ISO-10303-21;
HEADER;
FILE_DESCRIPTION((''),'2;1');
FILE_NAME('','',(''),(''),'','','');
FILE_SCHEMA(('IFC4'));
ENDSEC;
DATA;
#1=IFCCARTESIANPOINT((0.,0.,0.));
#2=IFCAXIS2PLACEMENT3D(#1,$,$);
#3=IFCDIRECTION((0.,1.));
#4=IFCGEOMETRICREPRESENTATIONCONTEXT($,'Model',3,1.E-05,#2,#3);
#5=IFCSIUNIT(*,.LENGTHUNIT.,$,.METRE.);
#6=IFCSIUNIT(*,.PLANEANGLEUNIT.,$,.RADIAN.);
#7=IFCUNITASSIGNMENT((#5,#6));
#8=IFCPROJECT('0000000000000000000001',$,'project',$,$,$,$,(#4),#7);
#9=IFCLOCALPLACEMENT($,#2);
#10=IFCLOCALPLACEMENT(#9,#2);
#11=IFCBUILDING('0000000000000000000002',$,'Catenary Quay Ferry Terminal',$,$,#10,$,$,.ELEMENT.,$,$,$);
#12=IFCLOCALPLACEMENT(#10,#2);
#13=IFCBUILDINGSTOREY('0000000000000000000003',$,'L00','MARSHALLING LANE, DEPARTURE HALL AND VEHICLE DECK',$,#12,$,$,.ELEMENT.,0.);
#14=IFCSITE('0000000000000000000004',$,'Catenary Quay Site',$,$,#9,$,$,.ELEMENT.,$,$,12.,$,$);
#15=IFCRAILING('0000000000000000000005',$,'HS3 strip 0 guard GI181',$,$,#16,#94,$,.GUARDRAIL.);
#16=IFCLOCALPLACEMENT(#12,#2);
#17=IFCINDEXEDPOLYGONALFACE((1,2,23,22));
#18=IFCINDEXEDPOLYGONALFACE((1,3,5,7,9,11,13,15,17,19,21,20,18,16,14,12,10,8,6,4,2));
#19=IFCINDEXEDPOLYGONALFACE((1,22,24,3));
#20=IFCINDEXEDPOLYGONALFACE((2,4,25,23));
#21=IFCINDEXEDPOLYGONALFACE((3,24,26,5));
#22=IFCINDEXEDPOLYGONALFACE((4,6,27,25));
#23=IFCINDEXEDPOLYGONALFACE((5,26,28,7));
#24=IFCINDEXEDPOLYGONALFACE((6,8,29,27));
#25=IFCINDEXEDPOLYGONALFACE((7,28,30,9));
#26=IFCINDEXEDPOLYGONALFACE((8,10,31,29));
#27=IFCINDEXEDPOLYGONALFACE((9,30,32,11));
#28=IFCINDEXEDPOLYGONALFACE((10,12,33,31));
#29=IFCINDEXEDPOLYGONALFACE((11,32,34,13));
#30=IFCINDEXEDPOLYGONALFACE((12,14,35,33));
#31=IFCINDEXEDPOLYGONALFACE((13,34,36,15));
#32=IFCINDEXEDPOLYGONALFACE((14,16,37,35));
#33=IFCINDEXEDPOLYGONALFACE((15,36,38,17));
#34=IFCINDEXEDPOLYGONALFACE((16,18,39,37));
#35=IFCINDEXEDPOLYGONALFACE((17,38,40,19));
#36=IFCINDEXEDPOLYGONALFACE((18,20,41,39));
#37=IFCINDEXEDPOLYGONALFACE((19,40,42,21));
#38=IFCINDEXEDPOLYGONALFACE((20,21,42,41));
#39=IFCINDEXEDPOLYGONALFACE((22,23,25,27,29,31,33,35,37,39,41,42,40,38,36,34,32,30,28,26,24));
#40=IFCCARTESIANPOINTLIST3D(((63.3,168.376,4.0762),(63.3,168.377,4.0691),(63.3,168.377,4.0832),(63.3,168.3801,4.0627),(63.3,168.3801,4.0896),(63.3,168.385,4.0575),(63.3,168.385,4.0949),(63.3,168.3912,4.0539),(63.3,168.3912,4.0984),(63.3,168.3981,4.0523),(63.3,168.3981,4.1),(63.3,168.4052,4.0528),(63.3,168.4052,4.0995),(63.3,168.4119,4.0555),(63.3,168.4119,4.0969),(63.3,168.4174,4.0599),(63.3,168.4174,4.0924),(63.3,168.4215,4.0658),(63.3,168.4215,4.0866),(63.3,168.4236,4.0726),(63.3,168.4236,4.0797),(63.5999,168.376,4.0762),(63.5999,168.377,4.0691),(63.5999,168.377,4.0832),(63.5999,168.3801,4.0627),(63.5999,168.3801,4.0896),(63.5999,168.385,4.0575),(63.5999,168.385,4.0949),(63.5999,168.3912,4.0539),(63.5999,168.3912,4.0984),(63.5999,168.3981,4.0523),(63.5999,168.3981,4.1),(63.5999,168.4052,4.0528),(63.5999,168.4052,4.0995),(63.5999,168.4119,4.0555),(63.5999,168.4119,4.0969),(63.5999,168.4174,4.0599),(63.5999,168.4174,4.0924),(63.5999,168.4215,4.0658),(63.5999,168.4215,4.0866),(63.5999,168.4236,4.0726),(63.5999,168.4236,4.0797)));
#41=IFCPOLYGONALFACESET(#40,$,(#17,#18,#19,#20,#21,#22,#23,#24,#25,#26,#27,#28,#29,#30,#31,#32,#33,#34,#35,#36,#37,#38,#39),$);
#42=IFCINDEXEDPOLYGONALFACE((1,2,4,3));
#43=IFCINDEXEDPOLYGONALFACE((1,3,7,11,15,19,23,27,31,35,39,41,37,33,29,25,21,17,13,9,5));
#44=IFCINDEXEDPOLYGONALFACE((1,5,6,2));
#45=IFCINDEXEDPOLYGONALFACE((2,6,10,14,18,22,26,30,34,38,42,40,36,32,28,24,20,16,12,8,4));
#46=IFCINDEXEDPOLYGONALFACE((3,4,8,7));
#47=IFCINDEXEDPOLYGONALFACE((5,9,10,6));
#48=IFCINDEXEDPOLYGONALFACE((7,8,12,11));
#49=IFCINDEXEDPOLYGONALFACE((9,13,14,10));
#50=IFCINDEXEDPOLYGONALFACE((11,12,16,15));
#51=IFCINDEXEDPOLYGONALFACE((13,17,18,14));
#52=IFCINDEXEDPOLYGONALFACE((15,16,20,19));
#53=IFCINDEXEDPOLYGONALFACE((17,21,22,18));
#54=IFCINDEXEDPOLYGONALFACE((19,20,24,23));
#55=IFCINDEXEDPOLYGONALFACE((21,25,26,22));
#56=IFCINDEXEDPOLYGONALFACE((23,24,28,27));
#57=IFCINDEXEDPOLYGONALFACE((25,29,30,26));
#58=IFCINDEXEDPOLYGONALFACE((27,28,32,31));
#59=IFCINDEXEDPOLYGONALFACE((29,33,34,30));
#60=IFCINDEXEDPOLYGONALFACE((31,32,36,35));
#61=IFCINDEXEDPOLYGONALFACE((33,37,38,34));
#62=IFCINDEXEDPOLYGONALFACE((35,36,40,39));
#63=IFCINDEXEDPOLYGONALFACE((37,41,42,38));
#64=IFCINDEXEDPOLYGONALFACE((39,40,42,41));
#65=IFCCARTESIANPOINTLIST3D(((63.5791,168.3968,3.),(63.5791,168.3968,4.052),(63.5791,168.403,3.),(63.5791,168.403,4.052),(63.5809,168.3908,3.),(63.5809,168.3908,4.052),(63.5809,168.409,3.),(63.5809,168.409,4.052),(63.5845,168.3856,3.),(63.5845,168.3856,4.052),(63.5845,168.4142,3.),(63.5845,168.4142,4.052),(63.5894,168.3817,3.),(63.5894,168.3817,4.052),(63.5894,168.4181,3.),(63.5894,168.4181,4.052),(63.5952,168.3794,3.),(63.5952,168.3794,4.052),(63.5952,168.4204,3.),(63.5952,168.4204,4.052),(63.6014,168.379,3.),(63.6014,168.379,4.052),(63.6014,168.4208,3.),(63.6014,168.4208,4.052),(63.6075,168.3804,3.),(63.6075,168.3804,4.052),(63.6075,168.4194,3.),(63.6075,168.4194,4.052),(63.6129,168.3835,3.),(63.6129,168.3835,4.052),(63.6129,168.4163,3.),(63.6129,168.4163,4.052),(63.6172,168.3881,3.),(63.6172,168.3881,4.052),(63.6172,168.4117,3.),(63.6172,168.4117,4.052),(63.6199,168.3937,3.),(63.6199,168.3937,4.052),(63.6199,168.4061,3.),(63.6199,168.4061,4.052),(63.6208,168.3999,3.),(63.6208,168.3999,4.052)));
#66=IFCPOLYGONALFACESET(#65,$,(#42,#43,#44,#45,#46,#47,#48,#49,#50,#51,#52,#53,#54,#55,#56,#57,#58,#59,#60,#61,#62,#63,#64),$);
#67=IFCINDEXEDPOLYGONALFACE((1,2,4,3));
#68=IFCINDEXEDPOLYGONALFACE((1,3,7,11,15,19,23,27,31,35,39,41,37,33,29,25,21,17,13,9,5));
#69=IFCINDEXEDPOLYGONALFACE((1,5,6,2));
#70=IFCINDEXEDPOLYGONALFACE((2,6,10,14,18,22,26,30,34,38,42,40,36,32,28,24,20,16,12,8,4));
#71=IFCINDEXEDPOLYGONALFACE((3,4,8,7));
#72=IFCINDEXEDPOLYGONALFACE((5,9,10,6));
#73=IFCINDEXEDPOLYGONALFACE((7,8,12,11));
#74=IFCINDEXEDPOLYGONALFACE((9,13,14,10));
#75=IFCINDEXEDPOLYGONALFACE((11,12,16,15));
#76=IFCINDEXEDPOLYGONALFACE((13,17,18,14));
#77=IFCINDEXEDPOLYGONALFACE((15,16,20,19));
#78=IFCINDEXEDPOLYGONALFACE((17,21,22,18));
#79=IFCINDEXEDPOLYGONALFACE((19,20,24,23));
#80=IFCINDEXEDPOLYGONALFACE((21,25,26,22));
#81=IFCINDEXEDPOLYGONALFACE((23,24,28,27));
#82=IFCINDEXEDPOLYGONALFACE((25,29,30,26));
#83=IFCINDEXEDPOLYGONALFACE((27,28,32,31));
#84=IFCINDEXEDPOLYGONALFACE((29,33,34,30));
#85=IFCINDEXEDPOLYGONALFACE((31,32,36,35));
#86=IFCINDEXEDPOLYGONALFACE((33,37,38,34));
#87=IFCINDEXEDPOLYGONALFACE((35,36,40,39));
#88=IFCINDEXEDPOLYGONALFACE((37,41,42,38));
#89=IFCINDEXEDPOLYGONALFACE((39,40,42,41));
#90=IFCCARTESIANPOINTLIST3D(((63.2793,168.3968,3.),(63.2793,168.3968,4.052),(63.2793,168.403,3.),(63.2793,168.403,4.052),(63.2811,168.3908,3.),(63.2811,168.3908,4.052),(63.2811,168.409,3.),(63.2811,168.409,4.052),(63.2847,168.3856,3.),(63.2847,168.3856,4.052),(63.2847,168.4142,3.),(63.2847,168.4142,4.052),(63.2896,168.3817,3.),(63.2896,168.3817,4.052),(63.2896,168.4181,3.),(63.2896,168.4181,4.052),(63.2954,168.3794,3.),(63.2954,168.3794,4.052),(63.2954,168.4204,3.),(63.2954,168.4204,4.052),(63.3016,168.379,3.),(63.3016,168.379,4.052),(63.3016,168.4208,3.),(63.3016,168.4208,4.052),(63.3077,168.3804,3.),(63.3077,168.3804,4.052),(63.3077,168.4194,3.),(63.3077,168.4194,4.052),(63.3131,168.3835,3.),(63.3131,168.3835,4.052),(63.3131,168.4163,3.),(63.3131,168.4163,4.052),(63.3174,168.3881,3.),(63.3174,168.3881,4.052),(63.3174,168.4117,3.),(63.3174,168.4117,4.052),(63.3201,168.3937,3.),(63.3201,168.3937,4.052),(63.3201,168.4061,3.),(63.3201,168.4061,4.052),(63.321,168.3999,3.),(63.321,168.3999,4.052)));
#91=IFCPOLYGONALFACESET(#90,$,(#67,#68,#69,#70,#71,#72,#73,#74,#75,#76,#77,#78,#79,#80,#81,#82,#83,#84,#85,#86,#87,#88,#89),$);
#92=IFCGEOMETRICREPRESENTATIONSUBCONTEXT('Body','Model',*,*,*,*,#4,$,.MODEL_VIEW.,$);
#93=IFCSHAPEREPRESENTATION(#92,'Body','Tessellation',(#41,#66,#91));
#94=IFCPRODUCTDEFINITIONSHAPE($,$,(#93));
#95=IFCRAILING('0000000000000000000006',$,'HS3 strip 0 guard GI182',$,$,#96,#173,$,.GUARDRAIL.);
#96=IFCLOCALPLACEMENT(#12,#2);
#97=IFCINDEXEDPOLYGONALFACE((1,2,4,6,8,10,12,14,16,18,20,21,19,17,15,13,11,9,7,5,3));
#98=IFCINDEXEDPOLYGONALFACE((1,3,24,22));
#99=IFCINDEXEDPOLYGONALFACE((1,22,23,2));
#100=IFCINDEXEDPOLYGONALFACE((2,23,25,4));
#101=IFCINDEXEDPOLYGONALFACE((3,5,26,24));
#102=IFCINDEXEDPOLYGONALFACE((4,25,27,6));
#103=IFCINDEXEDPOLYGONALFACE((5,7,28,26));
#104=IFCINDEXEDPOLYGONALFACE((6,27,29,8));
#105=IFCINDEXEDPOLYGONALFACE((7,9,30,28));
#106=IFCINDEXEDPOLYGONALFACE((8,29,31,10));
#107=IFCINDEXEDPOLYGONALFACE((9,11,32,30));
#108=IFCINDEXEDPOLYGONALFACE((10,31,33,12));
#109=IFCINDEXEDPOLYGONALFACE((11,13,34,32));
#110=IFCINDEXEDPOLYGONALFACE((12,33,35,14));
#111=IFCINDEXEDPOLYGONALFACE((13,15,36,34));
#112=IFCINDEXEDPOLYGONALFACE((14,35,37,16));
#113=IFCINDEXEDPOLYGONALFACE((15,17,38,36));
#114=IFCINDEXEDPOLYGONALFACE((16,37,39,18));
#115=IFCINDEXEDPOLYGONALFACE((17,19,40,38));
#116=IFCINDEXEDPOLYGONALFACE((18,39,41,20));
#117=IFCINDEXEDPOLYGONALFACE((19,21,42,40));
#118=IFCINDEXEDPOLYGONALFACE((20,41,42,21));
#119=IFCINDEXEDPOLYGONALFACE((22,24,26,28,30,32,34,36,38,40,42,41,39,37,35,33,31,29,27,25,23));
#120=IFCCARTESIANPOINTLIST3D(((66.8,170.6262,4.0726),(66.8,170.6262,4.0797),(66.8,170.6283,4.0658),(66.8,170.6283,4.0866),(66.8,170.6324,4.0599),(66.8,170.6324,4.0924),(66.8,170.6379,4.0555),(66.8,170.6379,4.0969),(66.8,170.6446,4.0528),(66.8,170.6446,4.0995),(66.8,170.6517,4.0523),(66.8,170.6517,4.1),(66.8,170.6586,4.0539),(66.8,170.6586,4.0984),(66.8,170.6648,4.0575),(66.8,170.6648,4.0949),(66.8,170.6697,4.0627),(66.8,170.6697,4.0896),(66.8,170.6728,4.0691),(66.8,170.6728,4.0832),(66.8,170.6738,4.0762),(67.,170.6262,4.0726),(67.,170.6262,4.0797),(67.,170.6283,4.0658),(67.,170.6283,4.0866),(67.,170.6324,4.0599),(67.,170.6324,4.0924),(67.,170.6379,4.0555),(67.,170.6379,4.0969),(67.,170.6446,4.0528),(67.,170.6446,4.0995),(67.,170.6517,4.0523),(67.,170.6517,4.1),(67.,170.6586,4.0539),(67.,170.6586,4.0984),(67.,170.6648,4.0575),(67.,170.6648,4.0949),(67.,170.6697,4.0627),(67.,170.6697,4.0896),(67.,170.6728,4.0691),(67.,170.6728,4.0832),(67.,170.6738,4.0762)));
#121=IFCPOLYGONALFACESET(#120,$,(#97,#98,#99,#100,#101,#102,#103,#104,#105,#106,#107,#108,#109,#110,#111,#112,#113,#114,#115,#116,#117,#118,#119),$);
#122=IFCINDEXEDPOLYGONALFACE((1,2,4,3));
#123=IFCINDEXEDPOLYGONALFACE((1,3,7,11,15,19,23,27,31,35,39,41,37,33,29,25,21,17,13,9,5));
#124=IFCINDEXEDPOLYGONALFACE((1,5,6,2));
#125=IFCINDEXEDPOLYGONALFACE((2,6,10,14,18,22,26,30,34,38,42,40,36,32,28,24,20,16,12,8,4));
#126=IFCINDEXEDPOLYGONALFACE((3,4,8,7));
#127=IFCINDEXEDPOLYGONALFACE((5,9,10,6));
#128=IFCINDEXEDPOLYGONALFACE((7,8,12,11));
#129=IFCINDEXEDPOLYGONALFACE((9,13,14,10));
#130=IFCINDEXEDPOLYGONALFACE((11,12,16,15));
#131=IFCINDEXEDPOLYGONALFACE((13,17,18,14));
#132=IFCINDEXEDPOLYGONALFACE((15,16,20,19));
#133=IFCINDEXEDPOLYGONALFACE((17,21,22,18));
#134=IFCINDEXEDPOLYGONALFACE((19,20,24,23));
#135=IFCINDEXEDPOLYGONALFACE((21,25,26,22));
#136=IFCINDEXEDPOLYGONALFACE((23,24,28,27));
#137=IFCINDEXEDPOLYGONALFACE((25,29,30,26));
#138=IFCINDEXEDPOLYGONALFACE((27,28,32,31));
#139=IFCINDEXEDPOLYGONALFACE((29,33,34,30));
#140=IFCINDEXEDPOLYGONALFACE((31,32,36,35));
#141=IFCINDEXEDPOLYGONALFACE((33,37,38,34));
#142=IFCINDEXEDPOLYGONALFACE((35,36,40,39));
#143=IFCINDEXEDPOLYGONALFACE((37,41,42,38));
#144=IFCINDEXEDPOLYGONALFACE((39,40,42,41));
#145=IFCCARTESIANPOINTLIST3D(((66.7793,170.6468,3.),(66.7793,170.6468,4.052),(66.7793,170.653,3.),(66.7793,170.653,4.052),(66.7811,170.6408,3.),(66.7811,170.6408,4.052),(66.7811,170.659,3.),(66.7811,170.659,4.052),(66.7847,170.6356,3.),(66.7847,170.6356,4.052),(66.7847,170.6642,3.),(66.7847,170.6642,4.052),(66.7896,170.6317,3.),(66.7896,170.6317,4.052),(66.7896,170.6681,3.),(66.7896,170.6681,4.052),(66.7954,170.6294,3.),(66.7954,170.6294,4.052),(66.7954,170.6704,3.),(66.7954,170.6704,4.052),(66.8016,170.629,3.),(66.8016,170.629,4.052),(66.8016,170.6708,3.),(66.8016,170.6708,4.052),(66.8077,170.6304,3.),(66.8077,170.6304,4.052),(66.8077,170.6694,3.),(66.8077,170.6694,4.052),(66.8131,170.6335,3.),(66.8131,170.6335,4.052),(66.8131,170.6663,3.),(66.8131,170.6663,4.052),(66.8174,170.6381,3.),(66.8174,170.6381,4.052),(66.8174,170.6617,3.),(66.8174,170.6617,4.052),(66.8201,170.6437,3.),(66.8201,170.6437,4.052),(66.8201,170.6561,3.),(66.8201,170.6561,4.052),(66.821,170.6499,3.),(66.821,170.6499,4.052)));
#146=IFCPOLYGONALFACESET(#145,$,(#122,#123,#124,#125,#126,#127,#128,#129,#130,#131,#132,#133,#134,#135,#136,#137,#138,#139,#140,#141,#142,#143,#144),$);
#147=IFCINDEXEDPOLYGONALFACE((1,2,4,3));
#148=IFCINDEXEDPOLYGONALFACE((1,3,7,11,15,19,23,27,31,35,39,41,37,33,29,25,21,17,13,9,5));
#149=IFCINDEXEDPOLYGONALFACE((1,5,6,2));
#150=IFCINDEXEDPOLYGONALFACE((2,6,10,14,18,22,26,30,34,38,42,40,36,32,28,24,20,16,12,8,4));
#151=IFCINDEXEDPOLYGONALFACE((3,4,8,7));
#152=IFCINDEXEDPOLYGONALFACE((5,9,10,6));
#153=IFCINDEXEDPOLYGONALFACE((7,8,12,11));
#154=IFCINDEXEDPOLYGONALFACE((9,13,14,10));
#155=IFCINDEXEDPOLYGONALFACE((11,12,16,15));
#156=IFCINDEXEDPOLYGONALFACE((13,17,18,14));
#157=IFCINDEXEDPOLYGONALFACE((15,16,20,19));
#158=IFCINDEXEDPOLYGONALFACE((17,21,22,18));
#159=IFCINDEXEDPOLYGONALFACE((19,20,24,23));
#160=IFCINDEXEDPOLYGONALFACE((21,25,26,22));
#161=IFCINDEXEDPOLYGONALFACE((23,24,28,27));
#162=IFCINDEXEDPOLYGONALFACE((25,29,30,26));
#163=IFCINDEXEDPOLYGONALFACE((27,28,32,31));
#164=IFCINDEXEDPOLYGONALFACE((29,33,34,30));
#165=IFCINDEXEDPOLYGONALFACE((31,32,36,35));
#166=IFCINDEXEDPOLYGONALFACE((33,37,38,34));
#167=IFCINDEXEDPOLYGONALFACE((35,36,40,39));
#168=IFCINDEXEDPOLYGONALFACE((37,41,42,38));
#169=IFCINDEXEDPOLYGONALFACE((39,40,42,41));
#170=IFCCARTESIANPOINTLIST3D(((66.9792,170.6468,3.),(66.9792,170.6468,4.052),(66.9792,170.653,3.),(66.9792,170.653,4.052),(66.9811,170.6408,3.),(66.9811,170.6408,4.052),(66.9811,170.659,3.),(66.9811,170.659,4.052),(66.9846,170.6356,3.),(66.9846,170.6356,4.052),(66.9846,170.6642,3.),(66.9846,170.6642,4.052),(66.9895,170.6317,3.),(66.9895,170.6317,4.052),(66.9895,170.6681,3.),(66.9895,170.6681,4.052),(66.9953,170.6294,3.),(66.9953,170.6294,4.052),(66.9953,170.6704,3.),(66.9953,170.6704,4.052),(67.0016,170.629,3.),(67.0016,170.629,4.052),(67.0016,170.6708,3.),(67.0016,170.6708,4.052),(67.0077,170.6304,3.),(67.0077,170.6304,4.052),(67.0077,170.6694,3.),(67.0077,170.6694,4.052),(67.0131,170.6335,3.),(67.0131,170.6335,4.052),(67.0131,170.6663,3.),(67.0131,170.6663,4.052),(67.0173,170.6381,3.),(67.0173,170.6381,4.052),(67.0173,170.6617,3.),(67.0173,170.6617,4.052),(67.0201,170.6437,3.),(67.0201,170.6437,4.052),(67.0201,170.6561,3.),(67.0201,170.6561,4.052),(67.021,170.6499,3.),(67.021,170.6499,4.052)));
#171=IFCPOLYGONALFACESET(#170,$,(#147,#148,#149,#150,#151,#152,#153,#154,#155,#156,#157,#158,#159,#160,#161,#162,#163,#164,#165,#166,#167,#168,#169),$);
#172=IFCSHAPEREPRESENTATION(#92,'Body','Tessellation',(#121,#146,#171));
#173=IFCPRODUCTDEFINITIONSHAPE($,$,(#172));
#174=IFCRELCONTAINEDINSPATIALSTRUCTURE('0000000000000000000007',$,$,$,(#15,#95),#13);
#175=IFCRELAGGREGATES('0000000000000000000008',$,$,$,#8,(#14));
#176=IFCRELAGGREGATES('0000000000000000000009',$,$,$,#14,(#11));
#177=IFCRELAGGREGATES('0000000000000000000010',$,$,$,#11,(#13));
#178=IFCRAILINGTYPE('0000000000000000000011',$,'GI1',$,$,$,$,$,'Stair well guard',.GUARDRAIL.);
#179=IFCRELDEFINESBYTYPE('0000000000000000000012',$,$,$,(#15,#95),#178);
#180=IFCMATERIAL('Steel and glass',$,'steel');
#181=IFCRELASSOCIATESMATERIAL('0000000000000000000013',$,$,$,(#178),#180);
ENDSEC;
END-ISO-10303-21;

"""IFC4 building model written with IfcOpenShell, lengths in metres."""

from ifc_helpers import new_model, si_unit, direction, frame, origin, origin_2d, place, context, subcontext, project, spatial, circle, extrude, material, type_object, element, save


model = new_model("IFC4")

# Units and contexts
model_context = context("Model", 3, precision=1e-05, world=origin(), true_north=direction((0.0, 1.0)))
body_context = subcontext(model_context, "Body", "Model", "MODEL_VIEW")
ifc_project = project(units=[si_unit("LENGTHUNIT", "METRE"), si_unit("PLANEANGLEUNIT", "RADIAN")], contexts=[model_context])

# Site, building, storey
site_placement = place(None, origin())
site = spatial("IfcSite", under=ifc_project, at=site_placement, Name="Catenary Quay Site", CompositionType="ELEMENT", RefElevation=12.0)
building_placement = place(site_placement, origin())
building = spatial("IfcBuilding", under=site, at=building_placement, Name="Catenary Quay Ferry Terminal", CompositionType="ELEMENT")
storey_placement = place(building_placement, origin())
storey = spatial("IfcBuildingStorey", under=building, at=storey_placement, Name="L00", Description="MARSHALLING LANE, DEPARTURE HALL AND VEHICLE DECK", CompositionType="ELEMENT", Elevation=0.0)

# Railings
ifc_material_1 = material(Name="Steel and glass", Category="steel")
railing_type_1 = type_object("IfcRailingType", Name="GI1", ElementType="Stair well guard", PredefinedType="GUARDRAIL", material=ifc_material_1)
railing_1_placement = place(storey_placement, frame((63.5999, 168.3999, 3.0)))
element("IfcRailing", 1, at=railing_1_placement, inside=storey, type_object=railing_type_1, Name="HS3 strip 0 guard GI181", PredefinedType="GUARDRAIL", context=body_context, shape_type="SweptSolid", body=[
    extrude(circle(Radius=0.0239, at=origin_2d()), frame((0.0, 0.0, 1.0762), z_axis=(-1.0, 0.0, 0.0), x_axis=(0.0, -1.0, 0.0)), (0.0, 0.0, 1.0), 0.2998),
    extrude(circle(Radius=0.021, at=origin_2d()), origin(), (0.0, 0.0, 1.0), 1.052),
    extrude(circle(Radius=0.021, at=origin_2d()), frame((-0.2998, 0.0, 0.0)), (0.0, 0.0, 1.0), 1.052),
])
railing_2_placement = place(storey_placement, frame((66.8, 170.6499, 3.0)))
element("IfcRailing", 2, at=railing_2_placement, inside=storey, type_object=railing_type_1, Name="HS3 strip 0 guard GI182", PredefinedType="GUARDRAIL", context=body_context, shape_type="SweptSolid", body=[
    extrude(circle(Radius=0.0239, at=origin_2d()), frame((0.0, 0.0, 1.0762), z_axis=(1.0, 0.0, 0.0), x_axis=(0.0, 1.0, 0.0)), (0.0, 0.0, 1.0), 0.2),
    extrude(circle(Radius=0.021, at=origin_2d()), origin(), (0.0, 0.0, 1.0), 1.052),
    extrude(circle(Radius=0.021, at=origin_2d()), frame((0.2, 0.0, 0.0)), (0.0, 0.0, 1.0), 1.052),
])

save(model, "model.ifc")
